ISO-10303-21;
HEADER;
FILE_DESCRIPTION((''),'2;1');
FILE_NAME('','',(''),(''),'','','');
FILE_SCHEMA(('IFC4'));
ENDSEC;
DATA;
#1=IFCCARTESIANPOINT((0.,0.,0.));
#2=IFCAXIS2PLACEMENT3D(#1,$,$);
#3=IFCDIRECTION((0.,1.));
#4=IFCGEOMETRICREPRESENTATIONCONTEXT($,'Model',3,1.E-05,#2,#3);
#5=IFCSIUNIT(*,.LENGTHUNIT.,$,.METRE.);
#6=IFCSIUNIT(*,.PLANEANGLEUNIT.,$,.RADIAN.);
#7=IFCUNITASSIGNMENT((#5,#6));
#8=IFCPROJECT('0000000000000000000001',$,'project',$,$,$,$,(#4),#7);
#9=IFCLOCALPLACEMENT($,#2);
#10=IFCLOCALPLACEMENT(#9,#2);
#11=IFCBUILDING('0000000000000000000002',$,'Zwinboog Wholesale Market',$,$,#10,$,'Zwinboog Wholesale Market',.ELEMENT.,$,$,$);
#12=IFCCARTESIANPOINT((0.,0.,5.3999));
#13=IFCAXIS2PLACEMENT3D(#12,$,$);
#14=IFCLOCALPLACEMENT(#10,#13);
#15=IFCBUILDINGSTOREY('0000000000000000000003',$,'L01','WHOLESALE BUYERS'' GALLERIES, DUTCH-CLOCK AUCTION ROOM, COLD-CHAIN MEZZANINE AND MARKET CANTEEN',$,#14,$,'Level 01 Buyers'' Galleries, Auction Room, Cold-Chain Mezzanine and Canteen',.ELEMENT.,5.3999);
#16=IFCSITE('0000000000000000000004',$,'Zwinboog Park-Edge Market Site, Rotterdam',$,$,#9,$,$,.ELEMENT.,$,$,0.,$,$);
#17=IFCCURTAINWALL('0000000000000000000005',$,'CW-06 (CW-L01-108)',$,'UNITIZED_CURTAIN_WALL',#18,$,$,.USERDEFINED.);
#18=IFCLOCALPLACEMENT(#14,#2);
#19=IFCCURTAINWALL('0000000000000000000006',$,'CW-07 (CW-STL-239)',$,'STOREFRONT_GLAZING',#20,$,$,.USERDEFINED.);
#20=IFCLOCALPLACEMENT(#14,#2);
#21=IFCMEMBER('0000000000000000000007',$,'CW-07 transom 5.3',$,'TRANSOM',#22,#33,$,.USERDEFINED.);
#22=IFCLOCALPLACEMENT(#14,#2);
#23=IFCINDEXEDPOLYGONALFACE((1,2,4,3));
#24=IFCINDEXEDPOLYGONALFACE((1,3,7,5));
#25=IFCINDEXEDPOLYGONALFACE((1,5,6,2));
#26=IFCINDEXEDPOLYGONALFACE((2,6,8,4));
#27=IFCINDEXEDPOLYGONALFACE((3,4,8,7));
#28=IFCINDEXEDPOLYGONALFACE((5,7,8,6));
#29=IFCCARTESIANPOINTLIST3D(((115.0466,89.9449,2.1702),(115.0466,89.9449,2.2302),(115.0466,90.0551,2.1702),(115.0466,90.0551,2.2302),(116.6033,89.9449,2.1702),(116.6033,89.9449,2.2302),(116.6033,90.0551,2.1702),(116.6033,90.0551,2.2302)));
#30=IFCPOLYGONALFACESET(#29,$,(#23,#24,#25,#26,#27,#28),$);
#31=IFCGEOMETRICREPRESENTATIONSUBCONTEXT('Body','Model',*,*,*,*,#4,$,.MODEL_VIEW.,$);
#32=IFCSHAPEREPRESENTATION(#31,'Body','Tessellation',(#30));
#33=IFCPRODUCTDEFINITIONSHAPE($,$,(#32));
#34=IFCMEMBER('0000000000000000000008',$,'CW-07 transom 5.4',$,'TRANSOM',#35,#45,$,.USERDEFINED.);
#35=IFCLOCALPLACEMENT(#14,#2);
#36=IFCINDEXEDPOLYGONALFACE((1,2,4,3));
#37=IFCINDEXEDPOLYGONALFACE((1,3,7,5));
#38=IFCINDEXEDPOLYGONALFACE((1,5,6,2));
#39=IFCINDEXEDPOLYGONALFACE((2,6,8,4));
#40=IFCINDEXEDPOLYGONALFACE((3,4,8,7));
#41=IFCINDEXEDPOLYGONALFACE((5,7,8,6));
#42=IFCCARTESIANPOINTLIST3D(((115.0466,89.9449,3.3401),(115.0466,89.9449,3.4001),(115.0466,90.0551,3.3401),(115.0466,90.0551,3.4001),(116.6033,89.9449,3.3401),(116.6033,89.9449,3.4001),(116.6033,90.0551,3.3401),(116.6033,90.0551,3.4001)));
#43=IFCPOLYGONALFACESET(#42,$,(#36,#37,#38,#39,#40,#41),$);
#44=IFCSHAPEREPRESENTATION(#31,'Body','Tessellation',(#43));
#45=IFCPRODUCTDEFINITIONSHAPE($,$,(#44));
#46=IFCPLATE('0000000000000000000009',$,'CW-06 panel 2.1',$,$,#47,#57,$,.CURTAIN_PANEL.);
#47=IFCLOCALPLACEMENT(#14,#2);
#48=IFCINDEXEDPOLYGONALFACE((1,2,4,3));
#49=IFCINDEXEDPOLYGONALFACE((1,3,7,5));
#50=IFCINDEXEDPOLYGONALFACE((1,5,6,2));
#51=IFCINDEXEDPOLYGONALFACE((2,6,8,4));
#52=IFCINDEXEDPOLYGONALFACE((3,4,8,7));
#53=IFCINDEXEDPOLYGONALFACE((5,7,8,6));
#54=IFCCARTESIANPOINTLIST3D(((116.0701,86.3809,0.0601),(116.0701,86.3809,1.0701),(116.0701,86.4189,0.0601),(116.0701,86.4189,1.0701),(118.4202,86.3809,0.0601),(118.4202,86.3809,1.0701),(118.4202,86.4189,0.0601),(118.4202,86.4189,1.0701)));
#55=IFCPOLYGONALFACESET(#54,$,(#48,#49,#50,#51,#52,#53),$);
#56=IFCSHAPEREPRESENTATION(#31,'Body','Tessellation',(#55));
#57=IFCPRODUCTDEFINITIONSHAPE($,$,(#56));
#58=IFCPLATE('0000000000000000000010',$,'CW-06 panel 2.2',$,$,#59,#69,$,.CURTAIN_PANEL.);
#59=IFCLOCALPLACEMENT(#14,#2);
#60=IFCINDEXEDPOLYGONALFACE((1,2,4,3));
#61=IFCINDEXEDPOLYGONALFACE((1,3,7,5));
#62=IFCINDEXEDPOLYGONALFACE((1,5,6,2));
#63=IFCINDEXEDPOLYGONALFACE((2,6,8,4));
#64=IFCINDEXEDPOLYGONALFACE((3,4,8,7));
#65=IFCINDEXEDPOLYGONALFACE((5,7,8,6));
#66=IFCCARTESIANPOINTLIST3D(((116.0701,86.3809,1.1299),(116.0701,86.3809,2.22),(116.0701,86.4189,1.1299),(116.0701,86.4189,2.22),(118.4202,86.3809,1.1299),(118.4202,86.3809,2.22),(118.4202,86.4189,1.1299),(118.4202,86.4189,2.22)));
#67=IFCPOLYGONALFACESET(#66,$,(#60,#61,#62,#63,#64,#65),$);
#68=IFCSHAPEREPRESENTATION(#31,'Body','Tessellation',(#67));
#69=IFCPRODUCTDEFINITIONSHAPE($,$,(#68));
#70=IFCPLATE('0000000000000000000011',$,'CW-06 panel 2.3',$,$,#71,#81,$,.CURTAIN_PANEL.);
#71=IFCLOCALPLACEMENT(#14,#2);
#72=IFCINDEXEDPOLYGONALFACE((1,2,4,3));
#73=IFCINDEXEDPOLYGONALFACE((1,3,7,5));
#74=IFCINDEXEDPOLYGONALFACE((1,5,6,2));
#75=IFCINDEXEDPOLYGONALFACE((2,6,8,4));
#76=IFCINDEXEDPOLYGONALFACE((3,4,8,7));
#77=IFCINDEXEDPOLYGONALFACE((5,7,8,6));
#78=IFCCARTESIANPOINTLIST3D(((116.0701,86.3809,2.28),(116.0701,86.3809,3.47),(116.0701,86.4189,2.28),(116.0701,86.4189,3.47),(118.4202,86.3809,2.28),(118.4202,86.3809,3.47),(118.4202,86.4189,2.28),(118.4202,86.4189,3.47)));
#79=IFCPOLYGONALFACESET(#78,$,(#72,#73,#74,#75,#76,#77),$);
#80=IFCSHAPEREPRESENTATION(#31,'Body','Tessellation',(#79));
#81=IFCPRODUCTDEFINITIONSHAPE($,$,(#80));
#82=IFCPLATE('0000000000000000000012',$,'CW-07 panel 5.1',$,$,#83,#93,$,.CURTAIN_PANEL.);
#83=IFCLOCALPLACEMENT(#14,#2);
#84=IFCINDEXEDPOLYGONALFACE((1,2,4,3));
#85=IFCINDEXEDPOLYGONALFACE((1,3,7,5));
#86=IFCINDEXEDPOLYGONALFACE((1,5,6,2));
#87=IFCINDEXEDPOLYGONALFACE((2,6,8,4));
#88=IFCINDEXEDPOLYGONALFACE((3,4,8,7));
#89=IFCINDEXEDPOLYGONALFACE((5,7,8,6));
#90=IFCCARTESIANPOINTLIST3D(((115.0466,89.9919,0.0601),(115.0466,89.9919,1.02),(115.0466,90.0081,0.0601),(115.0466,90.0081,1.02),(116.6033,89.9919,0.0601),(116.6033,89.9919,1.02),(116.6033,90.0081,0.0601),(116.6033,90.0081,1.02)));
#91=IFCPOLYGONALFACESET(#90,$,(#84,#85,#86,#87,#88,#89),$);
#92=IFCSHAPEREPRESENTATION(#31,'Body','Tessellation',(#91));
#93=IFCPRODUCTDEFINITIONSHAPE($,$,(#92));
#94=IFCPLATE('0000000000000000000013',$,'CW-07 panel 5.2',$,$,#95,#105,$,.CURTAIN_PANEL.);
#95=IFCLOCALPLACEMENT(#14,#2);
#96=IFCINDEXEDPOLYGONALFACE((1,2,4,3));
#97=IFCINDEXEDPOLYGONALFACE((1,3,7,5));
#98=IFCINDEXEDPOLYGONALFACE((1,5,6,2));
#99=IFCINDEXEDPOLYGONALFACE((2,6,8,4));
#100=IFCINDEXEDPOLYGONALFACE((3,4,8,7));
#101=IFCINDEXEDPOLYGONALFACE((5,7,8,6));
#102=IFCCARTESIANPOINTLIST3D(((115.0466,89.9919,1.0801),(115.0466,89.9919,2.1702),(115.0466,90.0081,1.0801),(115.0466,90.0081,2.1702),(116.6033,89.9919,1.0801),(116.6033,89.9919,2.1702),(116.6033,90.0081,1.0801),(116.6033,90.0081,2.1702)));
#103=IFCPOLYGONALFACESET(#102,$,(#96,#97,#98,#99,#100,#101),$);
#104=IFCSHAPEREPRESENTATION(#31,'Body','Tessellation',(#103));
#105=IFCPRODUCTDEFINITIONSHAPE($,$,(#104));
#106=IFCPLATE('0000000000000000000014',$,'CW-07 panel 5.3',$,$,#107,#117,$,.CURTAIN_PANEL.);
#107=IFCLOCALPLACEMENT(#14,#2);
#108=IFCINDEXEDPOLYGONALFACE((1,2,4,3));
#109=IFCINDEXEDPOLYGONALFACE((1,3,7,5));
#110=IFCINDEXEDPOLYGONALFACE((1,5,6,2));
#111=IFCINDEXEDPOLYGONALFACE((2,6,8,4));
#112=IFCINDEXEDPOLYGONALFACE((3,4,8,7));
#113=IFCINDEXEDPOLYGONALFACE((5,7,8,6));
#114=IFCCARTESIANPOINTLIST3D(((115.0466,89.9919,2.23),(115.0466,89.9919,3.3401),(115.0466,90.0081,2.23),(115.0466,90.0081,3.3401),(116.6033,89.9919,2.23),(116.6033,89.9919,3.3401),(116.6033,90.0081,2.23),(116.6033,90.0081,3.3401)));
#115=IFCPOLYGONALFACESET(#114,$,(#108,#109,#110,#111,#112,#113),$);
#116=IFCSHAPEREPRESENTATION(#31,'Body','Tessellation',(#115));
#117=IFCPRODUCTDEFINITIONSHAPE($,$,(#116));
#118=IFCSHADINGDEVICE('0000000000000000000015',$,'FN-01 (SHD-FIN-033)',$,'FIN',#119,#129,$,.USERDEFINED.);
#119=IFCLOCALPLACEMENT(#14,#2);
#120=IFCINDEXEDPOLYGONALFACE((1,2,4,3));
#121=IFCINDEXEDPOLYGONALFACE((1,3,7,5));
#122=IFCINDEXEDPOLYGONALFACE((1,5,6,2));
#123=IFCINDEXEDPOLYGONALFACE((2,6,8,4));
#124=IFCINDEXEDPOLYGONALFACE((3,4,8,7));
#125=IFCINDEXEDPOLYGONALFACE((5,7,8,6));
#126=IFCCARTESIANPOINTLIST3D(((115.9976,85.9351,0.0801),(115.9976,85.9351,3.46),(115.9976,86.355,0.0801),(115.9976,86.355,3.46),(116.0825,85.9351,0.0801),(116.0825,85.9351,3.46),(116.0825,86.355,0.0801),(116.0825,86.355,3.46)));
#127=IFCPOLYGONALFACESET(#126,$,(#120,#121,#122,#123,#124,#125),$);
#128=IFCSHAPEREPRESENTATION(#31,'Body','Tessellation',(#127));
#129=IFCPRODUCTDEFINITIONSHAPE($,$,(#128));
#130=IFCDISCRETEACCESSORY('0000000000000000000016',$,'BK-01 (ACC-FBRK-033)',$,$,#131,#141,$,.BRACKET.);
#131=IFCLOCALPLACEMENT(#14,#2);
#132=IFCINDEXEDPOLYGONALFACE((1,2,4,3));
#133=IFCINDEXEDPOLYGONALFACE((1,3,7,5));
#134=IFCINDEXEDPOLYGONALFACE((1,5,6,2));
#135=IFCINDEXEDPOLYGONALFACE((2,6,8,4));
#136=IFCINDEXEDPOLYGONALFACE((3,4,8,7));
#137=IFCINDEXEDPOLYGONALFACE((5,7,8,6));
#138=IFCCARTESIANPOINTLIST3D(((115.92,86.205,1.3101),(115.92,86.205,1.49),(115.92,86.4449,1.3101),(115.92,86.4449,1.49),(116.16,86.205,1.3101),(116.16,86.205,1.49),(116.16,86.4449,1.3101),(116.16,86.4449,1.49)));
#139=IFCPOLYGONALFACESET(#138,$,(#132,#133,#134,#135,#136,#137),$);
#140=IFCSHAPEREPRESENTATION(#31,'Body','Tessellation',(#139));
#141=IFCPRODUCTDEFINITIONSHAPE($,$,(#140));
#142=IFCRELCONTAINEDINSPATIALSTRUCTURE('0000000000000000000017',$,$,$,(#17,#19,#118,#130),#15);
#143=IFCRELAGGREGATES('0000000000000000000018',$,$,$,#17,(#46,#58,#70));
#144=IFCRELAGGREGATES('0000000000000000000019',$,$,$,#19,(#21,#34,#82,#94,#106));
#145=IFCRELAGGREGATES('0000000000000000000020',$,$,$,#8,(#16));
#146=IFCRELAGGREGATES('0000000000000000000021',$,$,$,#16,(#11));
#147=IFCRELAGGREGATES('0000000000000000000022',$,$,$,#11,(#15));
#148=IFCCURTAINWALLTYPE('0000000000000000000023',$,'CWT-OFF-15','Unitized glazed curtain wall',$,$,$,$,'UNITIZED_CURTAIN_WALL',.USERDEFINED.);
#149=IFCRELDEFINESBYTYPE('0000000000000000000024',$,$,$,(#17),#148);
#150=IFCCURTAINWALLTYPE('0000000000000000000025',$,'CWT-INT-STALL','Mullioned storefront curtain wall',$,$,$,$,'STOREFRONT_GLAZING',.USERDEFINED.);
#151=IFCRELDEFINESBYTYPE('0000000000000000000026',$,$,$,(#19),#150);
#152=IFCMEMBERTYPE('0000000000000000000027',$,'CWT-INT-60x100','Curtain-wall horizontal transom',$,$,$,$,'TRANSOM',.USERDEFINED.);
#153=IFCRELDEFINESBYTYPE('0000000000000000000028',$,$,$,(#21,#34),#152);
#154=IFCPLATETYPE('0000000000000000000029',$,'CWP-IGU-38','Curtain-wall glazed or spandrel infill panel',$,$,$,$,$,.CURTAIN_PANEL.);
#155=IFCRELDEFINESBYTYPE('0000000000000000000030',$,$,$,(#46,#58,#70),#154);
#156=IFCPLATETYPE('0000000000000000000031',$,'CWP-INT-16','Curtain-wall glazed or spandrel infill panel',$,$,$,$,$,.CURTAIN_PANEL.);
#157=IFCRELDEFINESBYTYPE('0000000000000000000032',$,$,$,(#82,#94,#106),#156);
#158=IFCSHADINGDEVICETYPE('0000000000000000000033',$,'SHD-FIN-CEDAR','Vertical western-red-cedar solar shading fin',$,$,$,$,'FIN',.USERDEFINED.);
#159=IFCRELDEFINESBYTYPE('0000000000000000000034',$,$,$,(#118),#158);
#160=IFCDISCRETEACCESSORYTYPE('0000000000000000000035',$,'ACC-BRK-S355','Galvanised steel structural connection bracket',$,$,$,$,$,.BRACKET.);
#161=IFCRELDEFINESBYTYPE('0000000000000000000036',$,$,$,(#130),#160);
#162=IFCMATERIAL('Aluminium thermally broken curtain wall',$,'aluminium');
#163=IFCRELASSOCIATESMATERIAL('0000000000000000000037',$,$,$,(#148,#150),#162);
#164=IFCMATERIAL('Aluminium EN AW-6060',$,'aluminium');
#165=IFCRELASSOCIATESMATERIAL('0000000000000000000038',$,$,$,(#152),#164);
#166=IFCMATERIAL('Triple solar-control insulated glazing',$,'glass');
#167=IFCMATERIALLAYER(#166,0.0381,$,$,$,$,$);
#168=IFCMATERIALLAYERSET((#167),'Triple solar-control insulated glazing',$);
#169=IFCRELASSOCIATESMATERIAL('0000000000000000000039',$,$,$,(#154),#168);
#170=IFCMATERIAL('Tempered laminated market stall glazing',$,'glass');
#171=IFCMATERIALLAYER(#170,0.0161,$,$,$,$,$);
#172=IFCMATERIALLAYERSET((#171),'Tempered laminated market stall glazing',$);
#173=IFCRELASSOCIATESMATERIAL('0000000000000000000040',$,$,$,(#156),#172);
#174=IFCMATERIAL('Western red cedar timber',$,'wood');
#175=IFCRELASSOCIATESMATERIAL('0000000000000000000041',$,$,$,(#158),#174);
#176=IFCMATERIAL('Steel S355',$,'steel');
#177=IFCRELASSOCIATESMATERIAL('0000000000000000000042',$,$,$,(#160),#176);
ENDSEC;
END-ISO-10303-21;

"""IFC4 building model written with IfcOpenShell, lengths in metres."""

from ifc_helpers import new_model, si_unit, direction, frame, origin, origin_2d, place, context, subcontext, project, spatial, rectangle, extrude, material, layer, layer_set, material_profile, profile_set, type_object, element, aggregate, save


model = new_model("IFC4")

# Units and contexts
model_context = context("Model", 3, precision=1e-05, world=origin(), true_north=direction((0.0, 1.0)))
body_context = subcontext(model_context, "Body", "Model", "MODEL_VIEW")
ifc_project = project(units=[si_unit("LENGTHUNIT", "METRE"), si_unit("PLANEANGLEUNIT", "RADIAN")], contexts=[model_context])

# Site, building, storey
site_placement = place(None, origin())
site = spatial("IfcSite", under=ifc_project, at=site_placement, Name="Zwinboog Park-Edge Market Site, Rotterdam", CompositionType="ELEMENT", RefElevation=0.0)
building_placement = place(site_placement, origin())
building = spatial("IfcBuilding", under=site, at=building_placement, Name="Zwinboog Wholesale Market", LongName="Zwinboog Wholesale Market", CompositionType="ELEMENT")
storey_placement = place(building_placement, frame((0.0, 0.0, 5.3999)))
storey = spatial("IfcBuildingStorey", under=building, at=storey_placement, Name="L01", Description="WHOLESALE BUYERS' GALLERIES, DUTCH-CLOCK AUCTION ROOM, COLD-CHAIN MEZZANINE AND MARKET CANTEEN", LongName="Level 01 Buyers' Galleries, Auction Room, Cold-Chain Mezzanine and Canteen", CompositionType="ELEMENT", Elevation=5.3999)

# Shared definitions
ifc_material_1 = material(Name="Steel S355", Category="steel")

# Curtain walls, members
ifc_material_2 = material(Name="Aluminium thermally broken curtain wall", Category="aluminium")
curtain_wall_type_1 = type_object("IfcCurtainWallType", Name="CWT-OFF-15", Description="Unitized glazed curtain wall", ElementType="UNITIZED_CURTAIN_WALL", PredefinedType="USERDEFINED", material=ifc_material_2)
curtain_wall_1_placement = place(storey_placement, origin())
curtain_wall_1 = element("IfcCurtainWall", 1, at=curtain_wall_1_placement, inside=storey, type_object=curtain_wall_type_1, Name="CW-06 (CW-L01-108)", ObjectType="UNITIZED_CURTAIN_WALL", PredefinedType="USERDEFINED")
ifc_material_3 = material(Name="Aluminium EN AW-6060", Category="aluminium")
curtain_wall_type_2 = type_object("IfcCurtainWallType", Name="CWT-INT-STALL", Description="Mullioned storefront curtain wall", ElementType="STOREFRONT_GLAZING", PredefinedType="USERDEFINED", material=ifc_material_2)
curtain_wall_2_placement = place(storey_placement, origin())
curtain_wall_2 = element("IfcCurtainWall", 2, at=curtain_wall_2_placement, inside=storey, type_object=curtain_wall_type_2, Name="CW-07 (CW-STL-239)", ObjectType="STOREFRONT_GLAZING", PredefinedType="USERDEFINED")
ifc_material_profile_1 = material_profile(ifc_material_3, rectangle(XDim=0.1101, YDim=0.0601, at=origin_2d()), Name="AL 60x110")
ifc_profile_set_1 = profile_set([ifc_material_profile_1], Name="Aluminium EN AW-6060")
member_type_1 = type_object("IfcMemberType", Name="CWT-INT-60x100", Description="Curtain-wall horizontal transom", ElementType="TRANSOM", PredefinedType="USERDEFINED", material=ifc_profile_set_1)
member_1_placement = place(storey_placement, frame((115.0466, 90.0, 2.2002), z_axis=(1.0, 0.0, 0.0), x_axis=(0.0, 1.0, 0.0)))
member_1 = element("IfcMember", 3, at=member_1_placement, type_object=member_type_1, Name="CW-07 transom 5.3", ObjectType="TRANSOM", PredefinedType="USERDEFINED", context=body_context, shape_type="SweptSolid", body=[
    extrude(rectangle(XDim=0.1101, YDim=0.0601, at=origin_2d()), origin(), (0.0, 0.0, 1.0), 1.5566),
])
member_2_placement = place(storey_placement, frame((115.0466, 90.0, 3.3701), z_axis=(1.0, 0.0, 0.0), x_axis=(0.0, 1.0, 0.0)))
member_2 = element("IfcMember", 4, at=member_2_placement, type_object=member_type_1, Name="CW-07 transom 5.4", ObjectType="TRANSOM", PredefinedType="USERDEFINED", context=body_context, shape_type="SweptSolid", body=[
    extrude(rectangle(XDim=0.1101, YDim=0.0601, at=origin_2d()), origin(), (0.0, 0.0, 1.0), 1.5566),
])

# Plates
ifc_material_4 = material(Name="Triple solar-control insulated glazing", Category="glass")
ifc_layer_1 = layer(ifc_material_4, 0.0381)
ifc_layer_set_1 = layer_set([ifc_layer_1], Name="Triple solar-control insulated glazing")
plate_type_1 = type_object("IfcPlateType", Name="CWP-IGU-38", Description="Curtain-wall glazed or spandrel infill panel", PredefinedType="CURTAIN_PANEL", material=ifc_layer_set_1)
plate_1_placement = place(storey_placement, frame((117.2451, 86.3999, 0.0601), z_axis=(0.0, 0.0, 1.0), x_axis=(1.0, 0.0, 0.0)))
plate_1 = element("IfcPlate", 5, at=plate_1_placement, type_object=plate_type_1, Name="CW-06 panel 2.1", PredefinedType="CURTAIN_PANEL", context=body_context, shape_type="SweptSolid", body=[
    extrude(rectangle(XDim=2.3501, YDim=0.0381, at=origin_2d()), origin(), (0.0, 0.0, 1.0), 1.01),
])
plate_2_placement = place(storey_placement, frame((117.2451, 86.3999, 1.1299), z_axis=(0.0, 0.0, 1.0), x_axis=(1.0, 0.0, 0.0)))
plate_2 = element("IfcPlate", 6, at=plate_2_placement, type_object=plate_type_1, Name="CW-06 panel 2.2", PredefinedType="CURTAIN_PANEL", context=body_context, shape_type="SweptSolid", body=[
    extrude(rectangle(XDim=2.3501, YDim=0.0381, at=origin_2d()), origin(), (0.0, 0.0, 1.0), 1.0901),
])
plate_3_placement = place(storey_placement, frame((117.2451, 86.3999, 2.28), z_axis=(0.0, 0.0, 1.0), x_axis=(1.0, 0.0, 0.0)))
plate_3 = element("IfcPlate", 7, at=plate_3_placement, type_object=plate_type_1, Name="CW-06 panel 2.3", PredefinedType="CURTAIN_PANEL", context=body_context, shape_type="SweptSolid", body=[
    extrude(rectangle(XDim=2.3501, YDim=0.0381, at=origin_2d()), origin(), (0.0, 0.0, 1.0), 1.1899),
])
aggregate(curtain_wall_1, [plate_1, plate_2, plate_3])
ifc_material_5 = material(Name="Tempered laminated market stall glazing", Category="glass")
ifc_layer_2 = layer(ifc_material_5, 0.0161)
ifc_layer_set_2 = layer_set([ifc_layer_2], Name="Tempered laminated market stall glazing")
plate_type_2 = type_object("IfcPlateType", Name="CWP-INT-16", Description="Curtain-wall glazed or spandrel infill panel", PredefinedType="CURTAIN_PANEL", material=ifc_layer_set_2)
plate_4_placement = place(storey_placement, frame((115.825, 90.0, 0.0601), z_axis=(0.0, 0.0, 1.0), x_axis=(1.0, 0.0, 0.0)))
plate_4 = element("IfcPlate", 8, at=plate_4_placement, type_object=plate_type_2, Name="CW-07 panel 5.1", PredefinedType="CURTAIN_PANEL", context=body_context, shape_type="SweptSolid", body=[
    extrude(rectangle(XDim=1.5566, YDim=0.0161, at=origin_2d()), origin(), (0.0, 0.0, 1.0), 0.96),
])
plate_5_placement = place(storey_placement, frame((115.825, 90.0, 1.0801), z_axis=(0.0, 0.0, 1.0), x_axis=(1.0, 0.0, 0.0)))
plate_5 = element("IfcPlate", 9, at=plate_5_placement, type_object=plate_type_2, Name="CW-07 panel 5.2", PredefinedType="CURTAIN_PANEL", context=body_context, shape_type="SweptSolid", body=[
    extrude(rectangle(XDim=1.5566, YDim=0.0161, at=origin_2d()), origin(), (0.0, 0.0, 1.0), 1.0901),
])
plate_6_placement = place(storey_placement, frame((115.825, 90.0, 2.23), z_axis=(0.0, 0.0, 1.0), x_axis=(1.0, 0.0, 0.0)))
plate_6 = element("IfcPlate", 10, at=plate_6_placement, type_object=plate_type_2, Name="CW-07 panel 5.3", PredefinedType="CURTAIN_PANEL", context=body_context, shape_type="SweptSolid", body=[
    extrude(rectangle(XDim=1.5566, YDim=0.0161, at=origin_2d()), origin(), (0.0, 0.0, 1.0), 1.1101),
])
aggregate(curtain_wall_2, [member_1, member_2, plate_4, plate_5, plate_6])

# Shading device
ifc_material_6 = material(Name="Western red cedar timber", Category="wood")
shading_device_type = type_object("IfcShadingDeviceType", Name="SHD-FIN-CEDAR", Description="Vertical western-red-cedar solar shading fin", ElementType="FIN", PredefinedType="USERDEFINED", material=ifc_material_6)
shading_device_placement = place(storey_placement, frame((116.04, 86.145, 0.0801), z_axis=(0.0, 0.0, 1.0), x_axis=(0.0, 1.0, 0.0)))
element("IfcShadingDevice", 11, at=shading_device_placement, inside=storey, type_object=shading_device_type, Name="FN-01 (SHD-FIN-033)", ObjectType="FIN", PredefinedType="USERDEFINED", context=body_context, shape_type="SweptSolid", body=[
    extrude(rectangle(XDim=0.4199, YDim=0.085, at=origin_2d()), origin(), (0.0, 0.0, 1.0), 3.3799),
])

# Discrete accessory
discrete_accessory_type = type_object("IfcDiscreteAccessoryType", Name="ACC-BRK-S355", Description="Galvanised steel structural connection bracket", PredefinedType="BRACKET", material=ifc_material_1)
discrete_accessory_placement = place(storey_placement, frame((116.04, 86.325, 1.3101), z_axis=(0.0, 0.0, 1.0), x_axis=(1.0, 0.0, 0.0)))
element("IfcDiscreteAccessory", 12, at=discrete_accessory_placement, inside=storey, type_object=discrete_accessory_type, Name="BK-01 (ACC-FBRK-033)", PredefinedType="BRACKET", context=body_context, shape_type="SweptSolid", body=[
    extrude(rectangle(XDim=0.24, YDim=0.24, at=origin_2d()), origin(), (0.0, 0.0, 1.0), 0.1799),
])

save(model, "model.ifc")
